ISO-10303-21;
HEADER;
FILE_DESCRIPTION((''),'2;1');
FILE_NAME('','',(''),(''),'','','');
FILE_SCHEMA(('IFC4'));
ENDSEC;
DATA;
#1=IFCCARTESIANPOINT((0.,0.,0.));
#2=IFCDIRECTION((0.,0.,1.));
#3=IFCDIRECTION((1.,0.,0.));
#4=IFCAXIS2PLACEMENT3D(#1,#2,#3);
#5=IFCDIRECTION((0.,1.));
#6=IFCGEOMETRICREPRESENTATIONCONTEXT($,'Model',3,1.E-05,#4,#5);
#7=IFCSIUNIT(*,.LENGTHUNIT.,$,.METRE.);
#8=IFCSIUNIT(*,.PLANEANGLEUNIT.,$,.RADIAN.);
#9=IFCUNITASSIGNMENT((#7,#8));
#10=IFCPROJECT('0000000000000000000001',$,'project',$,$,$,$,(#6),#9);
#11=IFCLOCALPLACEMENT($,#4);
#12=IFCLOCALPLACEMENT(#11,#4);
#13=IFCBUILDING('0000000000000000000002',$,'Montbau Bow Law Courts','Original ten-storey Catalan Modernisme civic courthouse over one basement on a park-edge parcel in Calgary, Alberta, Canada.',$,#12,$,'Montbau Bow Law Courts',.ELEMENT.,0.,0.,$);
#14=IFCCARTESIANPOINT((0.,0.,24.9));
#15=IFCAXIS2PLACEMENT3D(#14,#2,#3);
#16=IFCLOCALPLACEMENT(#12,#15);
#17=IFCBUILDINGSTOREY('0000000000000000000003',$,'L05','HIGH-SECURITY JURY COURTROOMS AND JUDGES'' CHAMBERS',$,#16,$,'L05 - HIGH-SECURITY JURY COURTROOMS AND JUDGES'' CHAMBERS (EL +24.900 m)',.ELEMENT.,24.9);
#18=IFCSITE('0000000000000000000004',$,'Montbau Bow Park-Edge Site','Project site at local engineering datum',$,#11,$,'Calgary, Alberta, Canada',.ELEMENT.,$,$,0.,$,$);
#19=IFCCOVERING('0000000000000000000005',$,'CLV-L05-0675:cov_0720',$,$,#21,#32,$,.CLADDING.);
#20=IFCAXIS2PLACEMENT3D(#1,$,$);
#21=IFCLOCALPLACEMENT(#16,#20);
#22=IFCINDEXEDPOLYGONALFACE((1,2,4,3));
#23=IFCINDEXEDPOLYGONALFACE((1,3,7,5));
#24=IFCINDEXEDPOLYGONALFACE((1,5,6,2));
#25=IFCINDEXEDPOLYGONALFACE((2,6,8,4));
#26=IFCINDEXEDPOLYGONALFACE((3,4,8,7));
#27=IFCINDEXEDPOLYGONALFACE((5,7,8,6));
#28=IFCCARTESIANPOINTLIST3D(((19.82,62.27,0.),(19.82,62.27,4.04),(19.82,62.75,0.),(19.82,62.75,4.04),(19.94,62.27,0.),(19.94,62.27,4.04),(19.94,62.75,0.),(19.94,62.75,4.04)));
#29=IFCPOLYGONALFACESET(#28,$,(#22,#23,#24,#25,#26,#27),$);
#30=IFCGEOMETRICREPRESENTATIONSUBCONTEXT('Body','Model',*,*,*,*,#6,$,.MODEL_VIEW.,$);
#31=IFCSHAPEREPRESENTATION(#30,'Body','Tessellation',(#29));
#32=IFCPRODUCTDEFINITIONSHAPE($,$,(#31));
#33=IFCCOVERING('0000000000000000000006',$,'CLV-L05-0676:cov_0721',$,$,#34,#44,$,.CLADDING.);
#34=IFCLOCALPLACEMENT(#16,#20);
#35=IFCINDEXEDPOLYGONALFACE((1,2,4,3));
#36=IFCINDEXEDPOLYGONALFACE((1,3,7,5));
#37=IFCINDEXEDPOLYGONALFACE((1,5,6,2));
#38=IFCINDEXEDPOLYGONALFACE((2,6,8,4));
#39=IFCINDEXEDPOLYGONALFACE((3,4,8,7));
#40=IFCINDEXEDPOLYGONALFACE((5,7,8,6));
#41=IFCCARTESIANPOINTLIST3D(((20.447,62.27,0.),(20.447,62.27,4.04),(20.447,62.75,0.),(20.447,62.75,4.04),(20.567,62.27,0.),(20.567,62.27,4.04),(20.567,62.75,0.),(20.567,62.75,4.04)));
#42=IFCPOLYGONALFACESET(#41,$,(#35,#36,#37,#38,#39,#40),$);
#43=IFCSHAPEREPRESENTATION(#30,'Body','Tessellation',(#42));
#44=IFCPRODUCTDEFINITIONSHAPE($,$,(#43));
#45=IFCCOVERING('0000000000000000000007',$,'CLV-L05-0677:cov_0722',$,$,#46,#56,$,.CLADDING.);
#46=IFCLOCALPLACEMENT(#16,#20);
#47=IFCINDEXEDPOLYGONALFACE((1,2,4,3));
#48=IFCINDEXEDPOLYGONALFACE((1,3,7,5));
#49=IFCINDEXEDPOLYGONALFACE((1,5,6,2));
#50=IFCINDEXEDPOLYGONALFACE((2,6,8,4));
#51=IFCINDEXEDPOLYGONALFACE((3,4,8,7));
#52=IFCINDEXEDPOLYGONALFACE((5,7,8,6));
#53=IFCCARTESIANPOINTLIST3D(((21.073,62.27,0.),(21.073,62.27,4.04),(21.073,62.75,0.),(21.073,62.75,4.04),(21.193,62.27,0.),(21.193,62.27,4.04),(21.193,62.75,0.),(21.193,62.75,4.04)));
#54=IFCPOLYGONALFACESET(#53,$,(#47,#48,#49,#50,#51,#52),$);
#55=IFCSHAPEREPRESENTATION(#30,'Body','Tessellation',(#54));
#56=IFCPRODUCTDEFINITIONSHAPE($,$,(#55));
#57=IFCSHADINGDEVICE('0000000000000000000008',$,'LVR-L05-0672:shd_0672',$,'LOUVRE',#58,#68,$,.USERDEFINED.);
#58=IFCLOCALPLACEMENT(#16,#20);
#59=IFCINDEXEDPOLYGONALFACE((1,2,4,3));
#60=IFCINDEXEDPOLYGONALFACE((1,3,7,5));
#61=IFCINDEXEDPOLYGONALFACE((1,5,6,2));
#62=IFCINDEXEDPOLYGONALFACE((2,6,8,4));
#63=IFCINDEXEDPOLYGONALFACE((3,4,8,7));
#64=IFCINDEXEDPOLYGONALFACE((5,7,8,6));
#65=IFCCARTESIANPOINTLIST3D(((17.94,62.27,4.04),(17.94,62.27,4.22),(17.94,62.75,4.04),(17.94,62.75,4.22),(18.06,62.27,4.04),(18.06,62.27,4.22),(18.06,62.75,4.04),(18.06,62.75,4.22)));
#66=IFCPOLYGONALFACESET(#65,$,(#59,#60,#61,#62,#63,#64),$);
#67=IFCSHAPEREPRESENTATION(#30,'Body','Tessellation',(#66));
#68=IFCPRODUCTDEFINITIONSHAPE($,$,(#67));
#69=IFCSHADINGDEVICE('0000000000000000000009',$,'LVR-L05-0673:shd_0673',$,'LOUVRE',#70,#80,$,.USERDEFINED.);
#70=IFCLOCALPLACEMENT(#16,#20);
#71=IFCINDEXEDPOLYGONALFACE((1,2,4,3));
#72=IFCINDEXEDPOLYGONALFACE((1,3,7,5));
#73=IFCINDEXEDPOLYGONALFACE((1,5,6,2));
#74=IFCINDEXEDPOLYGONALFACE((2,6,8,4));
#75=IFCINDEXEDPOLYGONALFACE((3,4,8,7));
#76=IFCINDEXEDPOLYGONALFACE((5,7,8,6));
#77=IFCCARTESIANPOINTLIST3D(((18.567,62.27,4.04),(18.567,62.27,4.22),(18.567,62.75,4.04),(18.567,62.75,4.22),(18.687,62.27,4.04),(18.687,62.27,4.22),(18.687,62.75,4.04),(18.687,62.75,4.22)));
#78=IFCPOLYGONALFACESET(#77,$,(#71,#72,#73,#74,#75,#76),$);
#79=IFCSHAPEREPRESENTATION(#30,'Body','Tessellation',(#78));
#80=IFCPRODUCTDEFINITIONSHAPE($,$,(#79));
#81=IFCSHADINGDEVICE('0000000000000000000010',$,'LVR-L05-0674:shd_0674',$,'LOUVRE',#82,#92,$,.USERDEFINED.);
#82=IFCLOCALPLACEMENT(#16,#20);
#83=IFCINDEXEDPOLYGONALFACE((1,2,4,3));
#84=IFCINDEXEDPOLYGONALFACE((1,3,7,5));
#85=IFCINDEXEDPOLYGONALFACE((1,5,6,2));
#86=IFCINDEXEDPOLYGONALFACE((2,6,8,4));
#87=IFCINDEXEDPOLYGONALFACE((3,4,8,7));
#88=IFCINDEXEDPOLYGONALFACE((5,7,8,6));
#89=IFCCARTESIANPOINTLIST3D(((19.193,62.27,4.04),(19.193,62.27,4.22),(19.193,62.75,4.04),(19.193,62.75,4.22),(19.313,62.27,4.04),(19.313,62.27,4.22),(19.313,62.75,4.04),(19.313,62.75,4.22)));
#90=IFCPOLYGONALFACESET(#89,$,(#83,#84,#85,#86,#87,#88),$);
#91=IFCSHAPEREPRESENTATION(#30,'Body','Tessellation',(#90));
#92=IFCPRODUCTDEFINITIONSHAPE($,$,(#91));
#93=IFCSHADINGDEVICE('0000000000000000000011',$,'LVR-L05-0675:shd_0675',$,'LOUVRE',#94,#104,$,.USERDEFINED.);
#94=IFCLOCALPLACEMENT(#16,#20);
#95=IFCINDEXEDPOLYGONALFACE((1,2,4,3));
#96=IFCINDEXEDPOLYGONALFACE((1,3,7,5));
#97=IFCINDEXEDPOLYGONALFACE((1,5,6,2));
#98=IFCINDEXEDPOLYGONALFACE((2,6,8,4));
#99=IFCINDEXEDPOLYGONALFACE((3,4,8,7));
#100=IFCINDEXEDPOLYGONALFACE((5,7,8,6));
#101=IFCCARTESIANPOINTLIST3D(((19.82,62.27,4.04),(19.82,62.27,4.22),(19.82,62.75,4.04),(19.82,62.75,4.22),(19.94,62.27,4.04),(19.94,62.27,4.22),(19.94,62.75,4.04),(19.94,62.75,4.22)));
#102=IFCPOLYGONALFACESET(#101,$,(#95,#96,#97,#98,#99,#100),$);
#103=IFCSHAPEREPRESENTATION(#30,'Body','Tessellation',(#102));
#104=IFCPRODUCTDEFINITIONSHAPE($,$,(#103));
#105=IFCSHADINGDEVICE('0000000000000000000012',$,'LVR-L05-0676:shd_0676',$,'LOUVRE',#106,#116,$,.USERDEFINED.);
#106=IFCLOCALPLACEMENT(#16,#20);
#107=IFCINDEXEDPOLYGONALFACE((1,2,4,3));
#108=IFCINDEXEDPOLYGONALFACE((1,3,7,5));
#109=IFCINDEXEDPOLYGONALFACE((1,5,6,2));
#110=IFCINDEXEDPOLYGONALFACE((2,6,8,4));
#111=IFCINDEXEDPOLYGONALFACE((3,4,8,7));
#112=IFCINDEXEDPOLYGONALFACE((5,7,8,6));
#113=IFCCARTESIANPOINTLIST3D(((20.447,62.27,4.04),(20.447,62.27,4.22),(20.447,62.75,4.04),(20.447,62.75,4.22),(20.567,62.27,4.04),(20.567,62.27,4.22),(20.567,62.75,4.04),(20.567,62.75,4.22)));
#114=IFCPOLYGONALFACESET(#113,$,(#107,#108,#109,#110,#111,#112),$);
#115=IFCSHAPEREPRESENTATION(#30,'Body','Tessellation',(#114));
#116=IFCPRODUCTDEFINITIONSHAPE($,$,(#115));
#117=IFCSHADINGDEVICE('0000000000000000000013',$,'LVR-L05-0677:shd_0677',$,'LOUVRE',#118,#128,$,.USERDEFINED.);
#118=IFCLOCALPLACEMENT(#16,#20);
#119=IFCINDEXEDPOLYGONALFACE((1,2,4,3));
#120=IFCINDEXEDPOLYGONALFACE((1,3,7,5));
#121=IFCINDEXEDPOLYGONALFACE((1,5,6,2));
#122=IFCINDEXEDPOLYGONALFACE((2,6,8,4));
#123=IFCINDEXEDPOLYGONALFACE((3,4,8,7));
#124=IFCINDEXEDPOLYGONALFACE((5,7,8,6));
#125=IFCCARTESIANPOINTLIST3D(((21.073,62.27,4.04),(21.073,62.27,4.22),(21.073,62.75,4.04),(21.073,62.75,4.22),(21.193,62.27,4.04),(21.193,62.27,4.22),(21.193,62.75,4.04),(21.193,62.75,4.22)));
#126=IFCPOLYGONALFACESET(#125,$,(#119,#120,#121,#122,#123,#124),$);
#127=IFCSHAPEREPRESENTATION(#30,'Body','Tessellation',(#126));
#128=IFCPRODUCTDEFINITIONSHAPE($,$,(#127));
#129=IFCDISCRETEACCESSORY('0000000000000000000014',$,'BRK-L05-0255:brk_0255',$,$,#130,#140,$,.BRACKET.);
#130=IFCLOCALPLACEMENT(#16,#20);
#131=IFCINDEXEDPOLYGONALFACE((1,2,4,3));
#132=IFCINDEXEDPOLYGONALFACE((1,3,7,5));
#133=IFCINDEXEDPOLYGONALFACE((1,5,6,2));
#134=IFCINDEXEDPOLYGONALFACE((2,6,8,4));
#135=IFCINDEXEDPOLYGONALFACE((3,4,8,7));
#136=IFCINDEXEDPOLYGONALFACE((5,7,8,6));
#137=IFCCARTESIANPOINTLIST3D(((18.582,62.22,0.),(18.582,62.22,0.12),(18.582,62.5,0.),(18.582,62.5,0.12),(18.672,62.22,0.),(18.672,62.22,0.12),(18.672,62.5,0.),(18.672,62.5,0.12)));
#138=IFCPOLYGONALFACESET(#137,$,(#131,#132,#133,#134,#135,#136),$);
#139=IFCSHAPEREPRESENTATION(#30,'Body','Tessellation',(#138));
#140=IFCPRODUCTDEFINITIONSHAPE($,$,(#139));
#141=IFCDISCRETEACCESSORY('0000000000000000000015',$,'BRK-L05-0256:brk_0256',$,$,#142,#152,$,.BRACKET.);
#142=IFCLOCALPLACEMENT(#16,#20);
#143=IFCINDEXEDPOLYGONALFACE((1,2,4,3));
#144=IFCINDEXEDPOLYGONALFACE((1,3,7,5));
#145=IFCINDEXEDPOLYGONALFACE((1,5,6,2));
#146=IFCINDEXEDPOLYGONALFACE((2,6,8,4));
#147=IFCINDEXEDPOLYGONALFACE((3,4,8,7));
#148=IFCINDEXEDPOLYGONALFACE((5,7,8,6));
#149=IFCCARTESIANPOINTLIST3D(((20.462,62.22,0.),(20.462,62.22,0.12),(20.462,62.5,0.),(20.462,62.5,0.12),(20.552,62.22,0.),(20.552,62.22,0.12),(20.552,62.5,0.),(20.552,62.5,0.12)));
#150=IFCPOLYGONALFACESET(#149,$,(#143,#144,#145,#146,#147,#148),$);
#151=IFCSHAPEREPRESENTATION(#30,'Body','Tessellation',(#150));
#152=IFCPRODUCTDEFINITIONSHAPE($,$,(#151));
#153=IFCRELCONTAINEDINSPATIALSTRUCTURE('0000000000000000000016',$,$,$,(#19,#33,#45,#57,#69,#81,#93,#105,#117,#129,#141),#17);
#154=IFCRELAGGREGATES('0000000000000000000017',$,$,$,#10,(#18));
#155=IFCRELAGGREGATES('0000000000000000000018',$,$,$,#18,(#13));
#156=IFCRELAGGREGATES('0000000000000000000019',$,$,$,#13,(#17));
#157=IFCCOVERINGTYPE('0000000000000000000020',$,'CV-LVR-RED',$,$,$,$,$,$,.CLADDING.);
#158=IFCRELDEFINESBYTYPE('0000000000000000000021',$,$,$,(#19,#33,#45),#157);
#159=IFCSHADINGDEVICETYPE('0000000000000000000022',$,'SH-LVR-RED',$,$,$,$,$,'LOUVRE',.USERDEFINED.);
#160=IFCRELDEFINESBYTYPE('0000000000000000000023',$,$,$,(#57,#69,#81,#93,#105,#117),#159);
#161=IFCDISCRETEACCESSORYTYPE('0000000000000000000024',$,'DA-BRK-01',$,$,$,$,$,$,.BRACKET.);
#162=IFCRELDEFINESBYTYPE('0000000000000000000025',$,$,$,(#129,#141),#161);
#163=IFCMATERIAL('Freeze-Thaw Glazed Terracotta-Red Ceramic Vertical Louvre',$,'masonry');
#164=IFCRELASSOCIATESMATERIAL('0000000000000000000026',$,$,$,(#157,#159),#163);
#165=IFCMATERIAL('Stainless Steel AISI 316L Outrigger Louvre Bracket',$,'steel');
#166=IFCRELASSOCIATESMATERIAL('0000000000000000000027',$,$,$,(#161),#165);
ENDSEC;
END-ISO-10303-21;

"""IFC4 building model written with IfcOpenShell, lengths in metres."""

from ifc_helpers import new_model, si_unit, direction, frame, frame_2d, origin_with_axes, origin_2d_with_axis, place, context, subcontext, project, spatial, rectangle, extrude, material, type_object, element, save


model = new_model("IFC4")

# Units and contexts
model_context = context("Model", 3, precision=1e-05, world=origin_with_axes(), true_north=direction((0.0, 1.0)))
body_context = subcontext(model_context, "Body", "Model", "MODEL_VIEW")
ifc_project = project(units=[si_unit("LENGTHUNIT", "METRE"), si_unit("PLANEANGLEUNIT", "RADIAN")], contexts=[model_context])

# Site, building, storey
site_placement = place(None, origin_with_axes())
site = spatial("IfcSite", under=ifc_project, at=site_placement, Name="Montbau Bow Park-Edge Site", Description="Project site at local engineering datum", LongName="Calgary, Alberta, Canada", CompositionType="ELEMENT", RefElevation=0.0)
building_placement = place(site_placement, origin_with_axes())
building = spatial("IfcBuilding", under=site, at=building_placement, Name="Montbau Bow Law Courts", Description="Original ten-storey Catalan Modernisme civic courthouse over one basement on a park-edge parcel in Calgary, Alberta, Canada.", LongName="Montbau Bow Law Courts", CompositionType="ELEMENT", ElevationOfRefHeight=0.0, ElevationOfTerrain=0.0)
storey_placement = place(building_placement, frame((0.0, 0.0, 24.9), z_axis=(0.0, 0.0, 1.0), x_axis=(1.0, 0.0, 0.0)))
storey = spatial("IfcBuildingStorey", under=building, at=storey_placement, Name="L05", Description="HIGH-SECURITY JURY COURTROOMS AND JUDGES' CHAMBERS", LongName="L05 - HIGH-SECURITY JURY COURTROOMS AND JUDGES' CHAMBERS (EL +24.900 m)", CompositionType="ELEMENT", Elevation=24.9)

# Coverings
ifc_material_1 = material(Name="Freeze-Thaw Glazed Terracotta-Red Ceramic Vertical Louvre", Category="masonry")
covering_type = type_object("IfcCoveringType", Name="CV-LVR-RED", PredefinedType="CLADDING", material=ifc_material_1)
for number, where, z_axis, x_axis, name in (
    (1, (19.88, 62.27, 24.9), (1.0, 0.0, 0.0), (0.0, 1.0, 0.0), "CLV-L05-0675:cov_0720"),
    (2, (20.507, 62.27, 24.9), (1.0, 0.0, 0.0), (0.0, 1.0, 0.0), "CLV-L05-0676:cov_0721"),
    (3, (21.133, 62.27, 24.9), (1.0, 0.0, 0.0), (0.0, 1.0, 0.0), "CLV-L05-0677:cov_0722"),
):
    element("IfcCovering", number, at=place(None, frame(where, z_axis=z_axis, x_axis=x_axis)), inside=storey, type_object=covering_type, Name=name, PredefinedType="CLADDING", context=body_context, shape_type="SweptSolid", body=[
        extrude(rectangle(XDim=0.48, YDim=4.04, at=frame_2d((0.24, 2.02), x_axis=(1.0, 0.0))), frame((0.0, 0.0, -0.06), z_axis=(0.0, 0.0, 1.0), x_axis=(1.0, 0.0, 0.0)), (0.0, 0.0, 1.0), 0.12),
    ])

# Shading devices
shading_device_type = type_object("IfcShadingDeviceType", Name="SH-LVR-RED", ElementType="LOUVRE", PredefinedType="USERDEFINED", material=ifc_material_1)
for number, where, z_axis, x_axis, name in (
    (4, (18.0, 62.51, 28.94), (0.0, 0.0, 1.0), (0.0, 1.0, 0.0), "LVR-L05-0672:shd_0672"),
    (5, (18.627, 62.51, 28.94), (0.0, 0.0, 1.0), (0.0, 1.0, 0.0), "LVR-L05-0673:shd_0673"),
    (6, (19.253, 62.51, 28.94), (0.0, 0.0, 1.0), (0.0, 1.0, 0.0), "LVR-L05-0674:shd_0674"),
    (7, (19.88, 62.51, 28.94), (0.0, 0.0, 1.0), (0.0, 1.0, 0.0), "LVR-L05-0675:shd_0675"),
    (8, (20.507, 62.51, 28.94), (0.0, 0.0, 1.0), (0.0, 1.0, 0.0), "LVR-L05-0676:shd_0676"),
    (9, (21.133, 62.51, 28.94), (0.0, 0.0, 1.0), (0.0, 1.0, 0.0), "LVR-L05-0677:shd_0677"),
):
    element("IfcShadingDevice", number, at=place(None, frame(where, z_axis=z_axis, x_axis=x_axis)), inside=storey, type_object=shading_device_type, Name=name, ObjectType="LOUVRE", PredefinedType="USERDEFINED", context=body_context, shape_type="SweptSolid", body=[
        extrude(rectangle(XDim=0.48, YDim=0.12, at=origin_2d_with_axis()), origin_with_axes(), (0.0, 0.0, 1.0), 0.18),
    ])

# Discrete accessories
ifc_material_2 = material(Name="Stainless Steel AISI 316L Outrigger Louvre Bracket", Category="steel")
discrete_accessory_type = type_object("IfcDiscreteAccessoryType", Name="DA-BRK-01", PredefinedType="BRACKET", material=ifc_material_2)
for number, where, z_axis, x_axis, name in (
    (10, (18.627, 62.36, 24.9), (0.0, 0.0, 1.0), (0.0, 1.0, 0.0), "BRK-L05-0255:brk_0255"),
    (11, (20.507, 62.36, 24.9), (0.0, 0.0, 1.0), (0.0, 1.0, 0.0), "BRK-L05-0256:brk_0256"),
):
    element("IfcDiscreteAccessory", number, at=place(None, frame(where, z_axis=z_axis, x_axis=x_axis)), inside=storey, type_object=discrete_accessory_type, Name=name, PredefinedType="BRACKET", context=body_context, shape_type="SweptSolid", body=[
        extrude(rectangle(XDim=0.28, YDim=0.09, at=origin_2d_with_axis()), origin_with_axes(), (0.0, 0.0, 1.0), 0.12),
    ])

save(model, "model.ifc")
